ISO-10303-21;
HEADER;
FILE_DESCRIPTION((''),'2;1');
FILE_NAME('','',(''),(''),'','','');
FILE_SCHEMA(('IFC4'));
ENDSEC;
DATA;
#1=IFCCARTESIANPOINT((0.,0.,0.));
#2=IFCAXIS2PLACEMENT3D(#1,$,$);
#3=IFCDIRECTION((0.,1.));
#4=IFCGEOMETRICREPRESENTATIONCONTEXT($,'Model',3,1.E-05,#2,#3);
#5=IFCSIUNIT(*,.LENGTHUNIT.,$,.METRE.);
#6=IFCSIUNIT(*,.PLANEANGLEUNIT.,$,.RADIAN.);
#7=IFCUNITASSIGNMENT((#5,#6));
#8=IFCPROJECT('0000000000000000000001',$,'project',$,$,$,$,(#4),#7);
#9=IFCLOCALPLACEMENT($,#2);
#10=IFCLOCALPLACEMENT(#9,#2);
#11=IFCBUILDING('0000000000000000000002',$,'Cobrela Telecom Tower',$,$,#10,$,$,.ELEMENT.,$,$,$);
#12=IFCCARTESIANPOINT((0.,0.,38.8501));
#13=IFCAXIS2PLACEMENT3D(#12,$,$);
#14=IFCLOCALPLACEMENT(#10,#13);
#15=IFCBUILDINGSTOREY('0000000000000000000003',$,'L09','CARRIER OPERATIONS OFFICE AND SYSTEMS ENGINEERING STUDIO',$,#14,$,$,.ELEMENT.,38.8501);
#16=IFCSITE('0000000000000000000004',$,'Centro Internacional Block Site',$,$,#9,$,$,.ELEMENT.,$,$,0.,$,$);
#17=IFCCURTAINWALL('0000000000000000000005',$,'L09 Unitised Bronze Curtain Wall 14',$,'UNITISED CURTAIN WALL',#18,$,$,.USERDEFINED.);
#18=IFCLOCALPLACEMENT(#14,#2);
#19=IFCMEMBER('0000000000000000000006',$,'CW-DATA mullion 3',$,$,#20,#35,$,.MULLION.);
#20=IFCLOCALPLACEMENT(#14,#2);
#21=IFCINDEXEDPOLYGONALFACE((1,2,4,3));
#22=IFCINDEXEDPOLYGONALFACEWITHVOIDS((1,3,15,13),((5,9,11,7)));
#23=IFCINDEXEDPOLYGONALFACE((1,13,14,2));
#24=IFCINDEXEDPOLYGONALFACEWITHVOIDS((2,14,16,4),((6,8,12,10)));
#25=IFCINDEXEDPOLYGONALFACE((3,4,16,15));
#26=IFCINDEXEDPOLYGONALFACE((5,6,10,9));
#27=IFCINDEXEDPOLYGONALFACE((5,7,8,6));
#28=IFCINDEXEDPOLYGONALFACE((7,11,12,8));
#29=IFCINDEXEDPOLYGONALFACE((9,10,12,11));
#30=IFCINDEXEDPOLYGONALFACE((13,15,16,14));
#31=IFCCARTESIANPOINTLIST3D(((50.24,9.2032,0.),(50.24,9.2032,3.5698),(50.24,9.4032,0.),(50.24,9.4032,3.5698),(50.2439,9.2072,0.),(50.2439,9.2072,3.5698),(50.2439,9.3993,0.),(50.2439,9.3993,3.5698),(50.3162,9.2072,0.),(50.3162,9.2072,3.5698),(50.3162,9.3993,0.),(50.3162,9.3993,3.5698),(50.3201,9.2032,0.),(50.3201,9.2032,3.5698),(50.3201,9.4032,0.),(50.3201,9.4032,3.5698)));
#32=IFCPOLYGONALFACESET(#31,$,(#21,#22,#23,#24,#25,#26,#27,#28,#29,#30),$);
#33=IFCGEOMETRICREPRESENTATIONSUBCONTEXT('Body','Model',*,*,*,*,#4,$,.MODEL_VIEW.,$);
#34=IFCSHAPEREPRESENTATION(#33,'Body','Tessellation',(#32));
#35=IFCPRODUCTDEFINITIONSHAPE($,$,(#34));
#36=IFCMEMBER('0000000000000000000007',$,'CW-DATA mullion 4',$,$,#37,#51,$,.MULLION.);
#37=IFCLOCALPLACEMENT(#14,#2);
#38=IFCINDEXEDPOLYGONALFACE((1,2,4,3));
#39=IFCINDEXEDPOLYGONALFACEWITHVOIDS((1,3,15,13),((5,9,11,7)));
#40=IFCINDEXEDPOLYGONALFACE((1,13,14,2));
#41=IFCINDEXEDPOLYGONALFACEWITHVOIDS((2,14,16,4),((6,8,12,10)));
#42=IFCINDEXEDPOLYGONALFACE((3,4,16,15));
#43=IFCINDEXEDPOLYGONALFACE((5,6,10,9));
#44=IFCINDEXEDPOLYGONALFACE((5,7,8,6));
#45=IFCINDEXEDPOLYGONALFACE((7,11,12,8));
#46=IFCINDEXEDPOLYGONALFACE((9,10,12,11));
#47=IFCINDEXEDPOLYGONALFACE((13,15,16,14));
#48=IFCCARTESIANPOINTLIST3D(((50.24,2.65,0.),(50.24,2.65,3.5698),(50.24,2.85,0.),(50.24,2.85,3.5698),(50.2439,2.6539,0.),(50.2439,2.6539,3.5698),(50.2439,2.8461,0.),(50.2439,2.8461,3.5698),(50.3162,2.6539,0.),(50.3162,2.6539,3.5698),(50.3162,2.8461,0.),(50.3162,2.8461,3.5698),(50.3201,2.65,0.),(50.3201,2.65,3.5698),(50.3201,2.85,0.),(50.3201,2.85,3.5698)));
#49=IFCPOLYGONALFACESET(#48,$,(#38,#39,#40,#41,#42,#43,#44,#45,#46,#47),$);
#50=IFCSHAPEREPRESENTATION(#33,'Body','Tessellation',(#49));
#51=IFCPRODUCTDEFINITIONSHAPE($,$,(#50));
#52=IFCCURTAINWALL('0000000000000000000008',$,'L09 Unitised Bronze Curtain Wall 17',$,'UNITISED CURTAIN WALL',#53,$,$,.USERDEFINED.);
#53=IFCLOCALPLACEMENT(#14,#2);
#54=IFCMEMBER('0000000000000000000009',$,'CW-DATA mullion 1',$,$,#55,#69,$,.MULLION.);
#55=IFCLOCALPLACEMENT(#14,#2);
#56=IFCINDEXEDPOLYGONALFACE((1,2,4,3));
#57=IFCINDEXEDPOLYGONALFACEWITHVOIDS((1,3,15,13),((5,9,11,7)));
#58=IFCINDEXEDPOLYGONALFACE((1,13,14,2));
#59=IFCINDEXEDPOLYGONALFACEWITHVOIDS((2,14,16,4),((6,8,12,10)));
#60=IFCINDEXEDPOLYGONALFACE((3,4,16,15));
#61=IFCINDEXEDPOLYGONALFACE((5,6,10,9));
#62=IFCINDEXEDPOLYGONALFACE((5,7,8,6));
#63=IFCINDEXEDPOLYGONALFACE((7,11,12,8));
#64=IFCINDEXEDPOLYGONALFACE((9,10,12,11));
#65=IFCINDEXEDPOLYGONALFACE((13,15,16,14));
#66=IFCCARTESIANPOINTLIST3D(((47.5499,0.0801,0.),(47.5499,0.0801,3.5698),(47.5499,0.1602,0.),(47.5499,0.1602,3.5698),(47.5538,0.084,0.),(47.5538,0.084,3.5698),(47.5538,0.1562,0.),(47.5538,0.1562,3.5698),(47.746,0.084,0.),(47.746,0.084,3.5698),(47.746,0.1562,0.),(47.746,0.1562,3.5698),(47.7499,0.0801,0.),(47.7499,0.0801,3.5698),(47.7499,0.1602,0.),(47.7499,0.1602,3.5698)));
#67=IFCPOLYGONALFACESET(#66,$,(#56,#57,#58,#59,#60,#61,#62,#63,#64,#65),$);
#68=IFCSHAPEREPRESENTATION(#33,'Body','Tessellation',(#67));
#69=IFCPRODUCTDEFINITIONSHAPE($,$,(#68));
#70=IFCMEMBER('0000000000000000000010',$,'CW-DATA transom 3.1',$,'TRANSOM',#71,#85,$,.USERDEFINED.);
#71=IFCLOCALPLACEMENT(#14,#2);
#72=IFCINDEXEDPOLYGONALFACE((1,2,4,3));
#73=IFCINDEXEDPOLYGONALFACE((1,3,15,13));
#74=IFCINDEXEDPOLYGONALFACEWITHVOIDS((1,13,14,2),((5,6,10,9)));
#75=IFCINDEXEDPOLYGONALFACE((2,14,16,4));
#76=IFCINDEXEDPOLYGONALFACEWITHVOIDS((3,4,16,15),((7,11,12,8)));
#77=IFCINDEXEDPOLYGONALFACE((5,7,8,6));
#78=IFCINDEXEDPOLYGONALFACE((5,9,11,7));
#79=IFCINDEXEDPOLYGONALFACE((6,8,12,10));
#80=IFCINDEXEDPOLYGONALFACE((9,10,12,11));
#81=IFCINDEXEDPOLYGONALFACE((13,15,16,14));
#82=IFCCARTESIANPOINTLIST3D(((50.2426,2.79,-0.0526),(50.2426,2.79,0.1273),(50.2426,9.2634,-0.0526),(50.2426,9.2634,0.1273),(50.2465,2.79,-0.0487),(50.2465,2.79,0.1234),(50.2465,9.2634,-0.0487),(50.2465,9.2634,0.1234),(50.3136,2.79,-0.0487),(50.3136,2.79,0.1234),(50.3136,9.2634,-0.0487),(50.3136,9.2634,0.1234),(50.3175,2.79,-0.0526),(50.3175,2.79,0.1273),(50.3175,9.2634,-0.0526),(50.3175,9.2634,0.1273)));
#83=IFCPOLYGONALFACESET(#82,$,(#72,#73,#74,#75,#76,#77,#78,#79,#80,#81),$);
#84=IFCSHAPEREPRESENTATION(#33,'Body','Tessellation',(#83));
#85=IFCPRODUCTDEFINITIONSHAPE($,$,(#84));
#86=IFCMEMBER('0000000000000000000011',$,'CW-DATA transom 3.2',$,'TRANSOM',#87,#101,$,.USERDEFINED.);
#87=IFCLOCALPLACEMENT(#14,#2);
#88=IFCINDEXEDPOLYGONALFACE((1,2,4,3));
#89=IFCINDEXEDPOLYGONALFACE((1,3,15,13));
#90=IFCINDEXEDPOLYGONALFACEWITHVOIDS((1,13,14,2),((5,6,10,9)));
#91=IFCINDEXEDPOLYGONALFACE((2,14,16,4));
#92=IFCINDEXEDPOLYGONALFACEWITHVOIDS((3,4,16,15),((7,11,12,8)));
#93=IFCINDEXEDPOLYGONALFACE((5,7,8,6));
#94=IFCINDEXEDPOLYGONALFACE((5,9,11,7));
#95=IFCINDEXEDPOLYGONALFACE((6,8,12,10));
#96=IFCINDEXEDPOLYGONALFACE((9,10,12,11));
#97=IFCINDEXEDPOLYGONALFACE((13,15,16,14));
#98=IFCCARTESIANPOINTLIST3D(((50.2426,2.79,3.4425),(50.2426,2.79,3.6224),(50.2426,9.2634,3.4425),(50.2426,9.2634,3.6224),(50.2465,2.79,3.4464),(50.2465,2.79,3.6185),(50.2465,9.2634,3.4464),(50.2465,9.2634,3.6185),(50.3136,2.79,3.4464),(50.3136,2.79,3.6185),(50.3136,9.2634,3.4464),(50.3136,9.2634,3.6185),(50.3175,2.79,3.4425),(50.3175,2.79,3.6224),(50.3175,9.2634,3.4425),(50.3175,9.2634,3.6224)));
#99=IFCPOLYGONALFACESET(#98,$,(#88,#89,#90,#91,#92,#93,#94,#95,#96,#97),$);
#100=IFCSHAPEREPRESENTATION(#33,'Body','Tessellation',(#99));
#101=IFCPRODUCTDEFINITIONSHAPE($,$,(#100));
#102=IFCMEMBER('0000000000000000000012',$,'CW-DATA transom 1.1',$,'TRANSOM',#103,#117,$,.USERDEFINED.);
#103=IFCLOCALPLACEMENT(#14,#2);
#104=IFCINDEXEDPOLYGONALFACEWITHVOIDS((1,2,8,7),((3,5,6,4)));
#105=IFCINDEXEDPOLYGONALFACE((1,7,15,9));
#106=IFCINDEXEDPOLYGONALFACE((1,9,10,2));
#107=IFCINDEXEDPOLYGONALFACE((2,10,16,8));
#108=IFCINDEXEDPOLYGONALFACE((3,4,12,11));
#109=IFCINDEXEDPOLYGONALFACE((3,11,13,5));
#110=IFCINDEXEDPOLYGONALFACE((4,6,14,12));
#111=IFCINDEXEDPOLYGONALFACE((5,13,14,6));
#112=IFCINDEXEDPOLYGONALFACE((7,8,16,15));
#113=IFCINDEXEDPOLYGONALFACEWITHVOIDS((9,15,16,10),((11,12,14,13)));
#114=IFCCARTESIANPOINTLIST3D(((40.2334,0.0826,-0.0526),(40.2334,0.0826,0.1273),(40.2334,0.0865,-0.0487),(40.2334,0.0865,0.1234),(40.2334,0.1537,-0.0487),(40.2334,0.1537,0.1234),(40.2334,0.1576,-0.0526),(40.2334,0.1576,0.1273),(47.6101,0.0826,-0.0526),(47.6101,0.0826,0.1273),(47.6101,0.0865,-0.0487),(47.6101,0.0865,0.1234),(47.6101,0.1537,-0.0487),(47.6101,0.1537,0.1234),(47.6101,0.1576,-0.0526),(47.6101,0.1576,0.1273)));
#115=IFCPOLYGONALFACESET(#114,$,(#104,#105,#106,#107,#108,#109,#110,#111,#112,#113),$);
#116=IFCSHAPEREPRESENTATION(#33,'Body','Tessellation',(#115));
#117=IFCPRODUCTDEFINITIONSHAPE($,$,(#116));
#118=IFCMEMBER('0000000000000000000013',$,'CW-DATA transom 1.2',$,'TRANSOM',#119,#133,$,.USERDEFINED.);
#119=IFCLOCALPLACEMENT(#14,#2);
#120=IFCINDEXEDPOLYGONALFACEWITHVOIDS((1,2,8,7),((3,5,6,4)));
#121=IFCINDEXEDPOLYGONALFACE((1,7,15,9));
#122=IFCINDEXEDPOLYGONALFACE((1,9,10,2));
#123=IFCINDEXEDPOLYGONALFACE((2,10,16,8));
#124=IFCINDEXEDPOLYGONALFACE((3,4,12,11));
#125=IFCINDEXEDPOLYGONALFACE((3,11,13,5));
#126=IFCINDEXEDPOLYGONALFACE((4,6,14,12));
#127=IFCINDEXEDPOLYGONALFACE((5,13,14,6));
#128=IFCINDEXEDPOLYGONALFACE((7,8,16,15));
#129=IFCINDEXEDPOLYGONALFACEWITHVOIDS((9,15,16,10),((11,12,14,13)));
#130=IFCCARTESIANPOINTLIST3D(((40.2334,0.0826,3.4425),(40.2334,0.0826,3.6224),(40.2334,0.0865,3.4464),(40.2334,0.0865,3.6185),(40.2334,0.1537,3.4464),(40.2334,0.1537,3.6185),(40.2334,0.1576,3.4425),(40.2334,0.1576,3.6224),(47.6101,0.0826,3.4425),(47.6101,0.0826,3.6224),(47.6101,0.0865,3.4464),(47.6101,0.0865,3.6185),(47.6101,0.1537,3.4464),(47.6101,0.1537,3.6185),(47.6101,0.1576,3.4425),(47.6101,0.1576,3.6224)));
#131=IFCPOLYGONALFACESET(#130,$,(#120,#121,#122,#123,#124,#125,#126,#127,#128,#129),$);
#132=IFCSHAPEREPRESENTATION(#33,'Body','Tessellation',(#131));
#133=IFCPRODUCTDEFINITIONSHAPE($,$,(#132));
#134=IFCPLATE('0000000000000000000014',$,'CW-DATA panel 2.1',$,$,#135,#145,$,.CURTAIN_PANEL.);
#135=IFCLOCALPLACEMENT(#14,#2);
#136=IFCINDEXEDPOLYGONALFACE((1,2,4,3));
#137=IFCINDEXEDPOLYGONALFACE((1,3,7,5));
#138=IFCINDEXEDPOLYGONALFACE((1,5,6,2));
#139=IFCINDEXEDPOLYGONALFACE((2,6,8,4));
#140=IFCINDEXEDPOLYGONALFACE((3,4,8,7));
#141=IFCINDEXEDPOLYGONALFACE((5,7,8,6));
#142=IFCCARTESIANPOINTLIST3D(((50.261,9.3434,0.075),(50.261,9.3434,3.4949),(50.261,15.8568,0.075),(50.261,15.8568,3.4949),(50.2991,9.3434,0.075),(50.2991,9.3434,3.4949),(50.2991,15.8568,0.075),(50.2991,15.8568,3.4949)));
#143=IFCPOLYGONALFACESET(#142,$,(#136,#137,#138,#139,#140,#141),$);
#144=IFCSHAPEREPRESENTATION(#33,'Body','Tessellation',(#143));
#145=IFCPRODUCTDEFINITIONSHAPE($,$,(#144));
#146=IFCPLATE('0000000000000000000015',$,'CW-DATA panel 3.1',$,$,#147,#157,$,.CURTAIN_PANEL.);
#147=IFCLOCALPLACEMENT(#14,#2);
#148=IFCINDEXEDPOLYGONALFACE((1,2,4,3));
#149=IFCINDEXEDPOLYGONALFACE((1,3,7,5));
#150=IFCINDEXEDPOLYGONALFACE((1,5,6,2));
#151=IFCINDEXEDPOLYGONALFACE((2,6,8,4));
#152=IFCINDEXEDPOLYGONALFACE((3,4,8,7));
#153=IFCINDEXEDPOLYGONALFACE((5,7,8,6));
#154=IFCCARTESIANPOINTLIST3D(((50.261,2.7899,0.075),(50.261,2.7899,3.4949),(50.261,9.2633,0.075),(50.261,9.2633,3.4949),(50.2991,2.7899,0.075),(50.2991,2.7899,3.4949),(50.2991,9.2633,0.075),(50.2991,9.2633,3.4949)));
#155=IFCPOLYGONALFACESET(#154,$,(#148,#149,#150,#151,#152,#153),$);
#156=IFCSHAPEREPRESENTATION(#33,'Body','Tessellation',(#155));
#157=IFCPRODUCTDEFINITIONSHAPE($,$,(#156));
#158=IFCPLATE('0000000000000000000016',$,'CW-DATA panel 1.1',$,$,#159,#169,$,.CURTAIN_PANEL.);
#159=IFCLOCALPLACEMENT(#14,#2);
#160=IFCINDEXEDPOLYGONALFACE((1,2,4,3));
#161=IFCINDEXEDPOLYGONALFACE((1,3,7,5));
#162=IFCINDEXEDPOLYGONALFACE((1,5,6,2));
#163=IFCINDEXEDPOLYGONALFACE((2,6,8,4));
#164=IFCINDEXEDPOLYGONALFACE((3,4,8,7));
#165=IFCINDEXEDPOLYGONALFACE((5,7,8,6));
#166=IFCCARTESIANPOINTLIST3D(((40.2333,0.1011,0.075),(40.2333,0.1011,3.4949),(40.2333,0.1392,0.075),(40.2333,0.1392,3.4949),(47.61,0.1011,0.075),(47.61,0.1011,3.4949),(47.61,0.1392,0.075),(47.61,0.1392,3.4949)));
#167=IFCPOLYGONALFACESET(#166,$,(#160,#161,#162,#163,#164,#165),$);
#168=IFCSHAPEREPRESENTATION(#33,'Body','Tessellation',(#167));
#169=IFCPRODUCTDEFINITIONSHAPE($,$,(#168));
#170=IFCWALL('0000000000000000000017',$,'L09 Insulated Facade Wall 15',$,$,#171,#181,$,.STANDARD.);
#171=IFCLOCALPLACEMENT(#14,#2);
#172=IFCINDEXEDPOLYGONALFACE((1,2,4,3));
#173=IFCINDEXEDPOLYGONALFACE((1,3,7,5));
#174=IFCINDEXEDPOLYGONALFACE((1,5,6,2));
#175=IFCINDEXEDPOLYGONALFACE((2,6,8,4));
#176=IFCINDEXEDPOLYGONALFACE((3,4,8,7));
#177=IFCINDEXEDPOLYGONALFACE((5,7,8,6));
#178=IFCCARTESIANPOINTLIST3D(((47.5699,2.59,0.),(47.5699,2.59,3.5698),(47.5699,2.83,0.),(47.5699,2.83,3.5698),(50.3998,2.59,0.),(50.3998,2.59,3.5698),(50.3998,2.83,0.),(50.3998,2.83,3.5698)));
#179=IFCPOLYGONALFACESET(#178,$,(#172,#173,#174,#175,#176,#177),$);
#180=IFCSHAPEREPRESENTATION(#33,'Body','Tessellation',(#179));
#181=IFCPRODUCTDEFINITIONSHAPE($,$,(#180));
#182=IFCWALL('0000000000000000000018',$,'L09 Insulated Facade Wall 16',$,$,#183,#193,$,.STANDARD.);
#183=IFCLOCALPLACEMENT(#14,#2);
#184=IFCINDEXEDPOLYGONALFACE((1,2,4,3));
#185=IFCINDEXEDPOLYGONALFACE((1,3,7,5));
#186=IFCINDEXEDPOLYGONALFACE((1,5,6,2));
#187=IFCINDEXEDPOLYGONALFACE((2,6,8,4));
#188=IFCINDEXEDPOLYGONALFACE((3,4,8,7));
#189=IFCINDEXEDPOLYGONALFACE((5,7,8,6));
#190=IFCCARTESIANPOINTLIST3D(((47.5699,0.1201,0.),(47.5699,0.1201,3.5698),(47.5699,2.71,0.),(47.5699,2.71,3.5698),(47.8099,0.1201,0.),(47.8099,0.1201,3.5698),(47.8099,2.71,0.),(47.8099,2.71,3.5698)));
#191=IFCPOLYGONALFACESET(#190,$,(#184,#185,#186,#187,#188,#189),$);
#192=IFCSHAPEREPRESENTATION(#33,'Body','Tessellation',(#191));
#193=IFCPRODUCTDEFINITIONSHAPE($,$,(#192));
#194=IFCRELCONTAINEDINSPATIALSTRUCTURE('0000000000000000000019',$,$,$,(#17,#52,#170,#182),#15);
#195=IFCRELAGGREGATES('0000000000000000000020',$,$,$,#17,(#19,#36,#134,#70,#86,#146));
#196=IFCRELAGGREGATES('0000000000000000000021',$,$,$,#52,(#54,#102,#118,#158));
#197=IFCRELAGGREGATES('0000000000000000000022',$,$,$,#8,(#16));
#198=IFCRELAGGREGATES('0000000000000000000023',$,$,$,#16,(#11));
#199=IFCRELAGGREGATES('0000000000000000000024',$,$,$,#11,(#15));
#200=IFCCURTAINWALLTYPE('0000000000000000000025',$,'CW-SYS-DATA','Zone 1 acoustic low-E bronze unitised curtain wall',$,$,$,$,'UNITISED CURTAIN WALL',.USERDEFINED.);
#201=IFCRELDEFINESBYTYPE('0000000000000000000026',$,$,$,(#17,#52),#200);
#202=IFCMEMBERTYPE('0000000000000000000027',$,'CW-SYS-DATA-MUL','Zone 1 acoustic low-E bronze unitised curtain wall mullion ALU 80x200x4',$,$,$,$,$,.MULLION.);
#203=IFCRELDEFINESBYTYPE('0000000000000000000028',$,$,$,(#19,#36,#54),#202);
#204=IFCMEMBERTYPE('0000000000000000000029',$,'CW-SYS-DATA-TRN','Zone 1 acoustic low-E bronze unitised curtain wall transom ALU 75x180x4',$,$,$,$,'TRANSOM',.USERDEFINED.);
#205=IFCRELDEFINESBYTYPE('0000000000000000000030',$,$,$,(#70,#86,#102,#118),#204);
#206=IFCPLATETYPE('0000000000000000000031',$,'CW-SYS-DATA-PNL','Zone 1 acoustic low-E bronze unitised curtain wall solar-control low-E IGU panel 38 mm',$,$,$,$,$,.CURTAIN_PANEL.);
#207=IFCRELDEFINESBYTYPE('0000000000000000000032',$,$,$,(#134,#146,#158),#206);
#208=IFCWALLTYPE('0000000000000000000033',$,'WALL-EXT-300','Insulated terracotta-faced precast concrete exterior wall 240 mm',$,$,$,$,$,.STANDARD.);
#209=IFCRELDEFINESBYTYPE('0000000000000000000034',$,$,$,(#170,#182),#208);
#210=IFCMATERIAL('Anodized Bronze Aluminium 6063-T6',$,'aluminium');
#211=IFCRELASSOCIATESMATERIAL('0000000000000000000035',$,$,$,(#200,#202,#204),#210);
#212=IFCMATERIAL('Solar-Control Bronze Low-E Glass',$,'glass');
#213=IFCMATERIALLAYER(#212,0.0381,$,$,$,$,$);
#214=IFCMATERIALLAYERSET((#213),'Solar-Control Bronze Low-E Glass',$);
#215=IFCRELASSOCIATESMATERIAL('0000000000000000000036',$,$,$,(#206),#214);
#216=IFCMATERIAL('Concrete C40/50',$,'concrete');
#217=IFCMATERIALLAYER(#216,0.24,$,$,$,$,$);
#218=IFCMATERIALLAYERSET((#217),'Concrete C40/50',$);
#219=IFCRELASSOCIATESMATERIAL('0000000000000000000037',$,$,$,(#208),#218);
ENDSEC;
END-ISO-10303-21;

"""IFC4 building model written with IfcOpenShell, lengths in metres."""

from ifc_helpers import new_model, si_unit, direction, frame, frame_2d, origin, origin_2d, place, context, subcontext, project, spatial, rectangle, hollow_rectangle, extrude, material, layer, layer_set, material_profile, profile_set, type_object, element, aggregate, save


model = new_model("IFC4")

# Units and contexts
model_context = context("Model", 3, precision=1e-05, world=origin(), true_north=direction((0.0, 1.0)))
body_context = subcontext(model_context, "Body", "Model", "MODEL_VIEW")
ifc_project = project(units=[si_unit("LENGTHUNIT", "METRE"), si_unit("PLANEANGLEUNIT", "RADIAN")], contexts=[model_context])

# Site, building, storey
site_placement = place(None, origin())
site = spatial("IfcSite", under=ifc_project, at=site_placement, Name="Centro Internacional Block Site", CompositionType="ELEMENT", RefElevation=0.0)
building_placement = place(site_placement, origin())
building = spatial("IfcBuilding", under=site, at=building_placement, Name="Cobrela Telecom Tower", CompositionType="ELEMENT")
storey_placement = place(building_placement, frame((0.0, 0.0, 38.8501)))
storey = spatial("IfcBuildingStorey", under=building, at=storey_placement, Name="L09", Description="CARRIER OPERATIONS OFFICE AND SYSTEMS ENGINEERING STUDIO", CompositionType="ELEMENT", Elevation=38.8501)

# Curtain wall, members
ifc_material_1 = material(Name="Anodized Bronze Aluminium 6063-T6", Category="aluminium")
curtain_wall_type = type_object("IfcCurtainWallType", Name="CW-SYS-DATA", Description="Zone 1 acoustic low-E bronze unitised curtain wall", ElementType="UNITISED CURTAIN WALL", PredefinedType="USERDEFINED", material=ifc_material_1)
curtain_wall_1_placement = place(storey_placement, origin())
curtain_wall_1 = element("IfcCurtainWall", 1, at=curtain_wall_1_placement, inside=storey, type_object=curtain_wall_type, Name="L09 Unitised Bronze Curtain Wall 14", ObjectType="UNITISED CURTAIN WALL", PredefinedType="USERDEFINED")
ifc_material_profile_1 = material_profile(ifc_material_1, hollow_rectangle(XDim=0.0801, YDim=0.2, WallThickness=0.0039, at=origin_2d()), Name="ALU 80x200x4")
ifc_profile_set_1 = profile_set([ifc_material_profile_1], Name="Anodized Bronze Aluminium 6063-T6")
member_type_1 = type_object("IfcMemberType", Name="CW-SYS-DATA-MUL", Description="Zone 1 acoustic low-E bronze unitised curtain wall mullion ALU 80x200x4", PredefinedType="MULLION", material=ifc_profile_set_1)
member_1_placement = place(storey_placement, frame((50.28, 9.3032, 0.0), z_axis=(0.0, 0.0, 1.0), x_axis=(1.0, 0.0, 0.0)))
member_1 = element("IfcMember", 2, at=member_1_placement, type_object=member_type_1, Name="CW-DATA mullion 3", PredefinedType="MULLION", context=body_context, shape_type="SweptSolid", body=[
    extrude(hollow_rectangle(XDim=0.0801, YDim=0.2, WallThickness=0.0039, at=origin_2d()), origin(), (0.0, 0.0, 1.0), 3.5698),
])
member_2_placement = place(storey_placement, frame((50.28, 2.75, 0.0), z_axis=(0.0, 0.0, 1.0), x_axis=(1.0, 0.0, 0.0)))
member_2 = element("IfcMember", 3, at=member_2_placement, type_object=member_type_1, Name="CW-DATA mullion 4", PredefinedType="MULLION", context=body_context, shape_type="SweptSolid", body=[
    extrude(hollow_rectangle(XDim=0.0801, YDim=0.2, WallThickness=0.0039, at=origin_2d()), origin(), (0.0, 0.0, 1.0), 3.5698),
])

# Curtain wall, member
curtain_wall_2_placement = place(storey_placement, origin())
curtain_wall_2 = element("IfcCurtainWall", 4, at=curtain_wall_2_placement, inside=storey, type_object=curtain_wall_type, Name="L09 Unitised Bronze Curtain Wall 17", ObjectType="UNITISED CURTAIN WALL", PredefinedType="USERDEFINED")
member_3_placement = place(storey_placement, frame((47.6499, 0.1201, 0.0), z_axis=(0.0, 0.0, 1.0), x_axis=(0.0, -1.0, 0.0)))
member_3 = element("IfcMember", 5, at=member_3_placement, type_object=member_type_1, Name="CW-DATA mullion 1", PredefinedType="MULLION", context=body_context, shape_type="SweptSolid", body=[
    extrude(hollow_rectangle(XDim=0.0801, YDim=0.2, WallThickness=0.0039, at=origin_2d()), origin(), (0.0, 0.0, 1.0), 3.5698),
])

# Members
ifc_material_profile_2 = material_profile(ifc_material_1, hollow_rectangle(XDim=0.075, YDim=0.1799, WallThickness=0.0039, at=origin_2d()), Name="ALU 75x180x4")
ifc_profile_set_2 = profile_set([ifc_material_profile_2], Name="Anodized Bronze Aluminium 6063-T6")
member_type_2 = type_object("IfcMemberType", Name="CW-SYS-DATA-TRN", Description="Zone 1 acoustic low-E bronze unitised curtain wall transom ALU 75x180x4", ElementType="TRANSOM", PredefinedType="USERDEFINED", material=ifc_profile_set_2)
member_4_placement = place(storey_placement, frame((50.28, 9.2634, 0.0374), z_axis=(0.0, -1.0, 0.0), x_axis=(1.0, 0.0, 0.0)))
member_4 = element("IfcMember", 6, at=member_4_placement, type_object=member_type_2, Name="CW-DATA transom 3.1", ObjectType="TRANSOM", PredefinedType="USERDEFINED", context=body_context, shape_type="SweptSolid", body=[
    extrude(hollow_rectangle(XDim=0.075, YDim=0.1799, WallThickness=0.0039, at=origin_2d()), origin(), (0.0, 0.0, 1.0), 6.4734),
])
member_5_placement = place(storey_placement, frame((50.28, 9.2634, 3.5325), z_axis=(0.0, -1.0, 0.0), x_axis=(1.0, 0.0, 0.0)))
member_5 = element("IfcMember", 7, at=member_5_placement, type_object=member_type_2, Name="CW-DATA transom 3.2", ObjectType="TRANSOM", PredefinedType="USERDEFINED", context=body_context, shape_type="SweptSolid", body=[
    extrude(hollow_rectangle(XDim=0.075, YDim=0.1799, WallThickness=0.0039, at=origin_2d()), origin(), (0.0, 0.0, 1.0), 6.4734),
])
member_6_placement = place(storey_placement, frame((47.6101, 0.1201, 0.0374), z_axis=(-1.0, 0.0, 0.0), x_axis=(0.0, -1.0, 0.0)))
member_6 = element("IfcMember", 8, at=member_6_placement, type_object=member_type_2, Name="CW-DATA transom 1.1", ObjectType="TRANSOM", PredefinedType="USERDEFINED", context=body_context, shape_type="SweptSolid", body=[
    extrude(hollow_rectangle(XDim=0.075, YDim=0.1799, WallThickness=0.0039, at=origin_2d()), origin(), (0.0, 0.0, 1.0), 7.3767),
])
member_7_placement = place(storey_placement, frame((47.6101, 0.1201, 3.5325), z_axis=(-1.0, 0.0, 0.0), x_axis=(0.0, -1.0, 0.0)))
member_7 = element("IfcMember", 9, at=member_7_placement, type_object=member_type_2, Name="CW-DATA transom 1.2", ObjectType="TRANSOM", PredefinedType="USERDEFINED", context=body_context, shape_type="SweptSolid", body=[
    extrude(hollow_rectangle(XDim=0.075, YDim=0.1799, WallThickness=0.0039, at=origin_2d()), origin(), (0.0, 0.0, 1.0), 7.3767),
])

# Plates
ifc_material_2 = material(Name="Solar-Control Bronze Low-E Glass", Category="glass")
ifc_layer_1 = layer(ifc_material_2, 0.0381)
ifc_layer_set_1 = layer_set([ifc_layer_1], Name="Solar-Control Bronze Low-E Glass")
plate_type = type_object("IfcPlateType", Name="CW-SYS-DATA-PNL", Description="Zone 1 acoustic low-E bronze unitised curtain wall solar-control low-E IGU panel 38 mm", PredefinedType="CURTAIN_PANEL", material=ifc_layer_set_1)
plate_1_placement = place(storey_placement, frame((50.28, 12.6001, 0.075), z_axis=(0.0, 0.0, 1.0), x_axis=(0.0, -1.0, 0.0)))
plate_1 = element("IfcPlate", 10, at=plate_1_placement, type_object=plate_type, Name="CW-DATA panel 2.1", PredefinedType="CURTAIN_PANEL", context=body_context, shape_type="SweptSolid", body=[
    extrude(rectangle(XDim=6.5134, YDim=0.0381, at=origin_2d()), origin(), (0.0, 0.0, 1.0), 3.4199),
])
plate_2_placement = place(storey_placement, frame((50.28, 6.0266, 0.075), z_axis=(0.0, 0.0, 1.0), x_axis=(0.0, -1.0, 0.0)))
plate_2 = element("IfcPlate", 11, at=plate_2_placement, type_object=plate_type, Name="CW-DATA panel 3.1", PredefinedType="CURTAIN_PANEL", context=body_context, shape_type="SweptSolid", body=[
    extrude(rectangle(XDim=6.4734, YDim=0.0381, at=origin_2d()), origin(), (0.0, 0.0, 1.0), 3.4199),
])
aggregate(curtain_wall_1, [member_1, member_2, plate_1, member_4, member_5, plate_2])
plate_3_placement = place(storey_placement, frame((43.9216, 0.1201, 0.075), z_axis=(0.0, 0.0, 1.0), x_axis=(-1.0, 0.0, 0.0)))
plate_3 = element("IfcPlate", 12, at=plate_3_placement, type_object=plate_type, Name="CW-DATA panel 1.1", PredefinedType="CURTAIN_PANEL", context=body_context, shape_type="SweptSolid", body=[
    extrude(rectangle(XDim=7.3767, YDim=0.0381, at=origin_2d()), origin(), (0.0, 0.0, 1.0), 3.4199),
])
aggregate(curtain_wall_2, [member_3, member_6, member_7, plate_3])

# Walls
ifc_material_3 = material(Name="Concrete C40/50", Category="concrete")
ifc_layer_2 = layer(ifc_material_3, 0.24)
ifc_layer_set_2 = layer_set([ifc_layer_2], Name="Concrete C40/50")
wall_type = type_object("IfcWallType", Name="WALL-EXT-300", Description="Insulated terracotta-faced precast concrete exterior wall 240 mm", PredefinedType="STANDARD", material=ifc_layer_set_2)
wall_1_placement = place(storey_placement, frame((50.3999, 2.71, 0.0), z_axis=(0.0, 0.0, 1.0), x_axis=(-1.0, 0.0, 0.0)))
element("IfcWall", 13, at=wall_1_placement, inside=storey, type_object=wall_type, Name="L09 Insulated Facade Wall 15", PredefinedType="STANDARD", context=body_context, shape_type="SweptSolid", body=[
    extrude(rectangle(XDim=2.8298, YDim=0.24, at=frame_2d((1.415, 0.0))), origin(), (0.0, 0.0, 1.0), 3.5698),
])
wall_2_placement = place(storey_placement, frame((47.6899, 2.71, 0.0), z_axis=(0.0, 0.0, 1.0), x_axis=(0.0, -1.0, 0.0)))
element("IfcWall", 14, at=wall_2_placement, inside=storey, type_object=wall_type, Name="L09 Insulated Facade Wall 16", PredefinedType="STANDARD", context=body_context, shape_type="SweptSolid", body=[
    extrude(rectangle(XDim=2.5898, YDim=0.24, at=frame_2d((1.2949, 0.0))), origin(), (0.0, 0.0, 1.0), 3.5698),
])

save(model, "model.ifc")
